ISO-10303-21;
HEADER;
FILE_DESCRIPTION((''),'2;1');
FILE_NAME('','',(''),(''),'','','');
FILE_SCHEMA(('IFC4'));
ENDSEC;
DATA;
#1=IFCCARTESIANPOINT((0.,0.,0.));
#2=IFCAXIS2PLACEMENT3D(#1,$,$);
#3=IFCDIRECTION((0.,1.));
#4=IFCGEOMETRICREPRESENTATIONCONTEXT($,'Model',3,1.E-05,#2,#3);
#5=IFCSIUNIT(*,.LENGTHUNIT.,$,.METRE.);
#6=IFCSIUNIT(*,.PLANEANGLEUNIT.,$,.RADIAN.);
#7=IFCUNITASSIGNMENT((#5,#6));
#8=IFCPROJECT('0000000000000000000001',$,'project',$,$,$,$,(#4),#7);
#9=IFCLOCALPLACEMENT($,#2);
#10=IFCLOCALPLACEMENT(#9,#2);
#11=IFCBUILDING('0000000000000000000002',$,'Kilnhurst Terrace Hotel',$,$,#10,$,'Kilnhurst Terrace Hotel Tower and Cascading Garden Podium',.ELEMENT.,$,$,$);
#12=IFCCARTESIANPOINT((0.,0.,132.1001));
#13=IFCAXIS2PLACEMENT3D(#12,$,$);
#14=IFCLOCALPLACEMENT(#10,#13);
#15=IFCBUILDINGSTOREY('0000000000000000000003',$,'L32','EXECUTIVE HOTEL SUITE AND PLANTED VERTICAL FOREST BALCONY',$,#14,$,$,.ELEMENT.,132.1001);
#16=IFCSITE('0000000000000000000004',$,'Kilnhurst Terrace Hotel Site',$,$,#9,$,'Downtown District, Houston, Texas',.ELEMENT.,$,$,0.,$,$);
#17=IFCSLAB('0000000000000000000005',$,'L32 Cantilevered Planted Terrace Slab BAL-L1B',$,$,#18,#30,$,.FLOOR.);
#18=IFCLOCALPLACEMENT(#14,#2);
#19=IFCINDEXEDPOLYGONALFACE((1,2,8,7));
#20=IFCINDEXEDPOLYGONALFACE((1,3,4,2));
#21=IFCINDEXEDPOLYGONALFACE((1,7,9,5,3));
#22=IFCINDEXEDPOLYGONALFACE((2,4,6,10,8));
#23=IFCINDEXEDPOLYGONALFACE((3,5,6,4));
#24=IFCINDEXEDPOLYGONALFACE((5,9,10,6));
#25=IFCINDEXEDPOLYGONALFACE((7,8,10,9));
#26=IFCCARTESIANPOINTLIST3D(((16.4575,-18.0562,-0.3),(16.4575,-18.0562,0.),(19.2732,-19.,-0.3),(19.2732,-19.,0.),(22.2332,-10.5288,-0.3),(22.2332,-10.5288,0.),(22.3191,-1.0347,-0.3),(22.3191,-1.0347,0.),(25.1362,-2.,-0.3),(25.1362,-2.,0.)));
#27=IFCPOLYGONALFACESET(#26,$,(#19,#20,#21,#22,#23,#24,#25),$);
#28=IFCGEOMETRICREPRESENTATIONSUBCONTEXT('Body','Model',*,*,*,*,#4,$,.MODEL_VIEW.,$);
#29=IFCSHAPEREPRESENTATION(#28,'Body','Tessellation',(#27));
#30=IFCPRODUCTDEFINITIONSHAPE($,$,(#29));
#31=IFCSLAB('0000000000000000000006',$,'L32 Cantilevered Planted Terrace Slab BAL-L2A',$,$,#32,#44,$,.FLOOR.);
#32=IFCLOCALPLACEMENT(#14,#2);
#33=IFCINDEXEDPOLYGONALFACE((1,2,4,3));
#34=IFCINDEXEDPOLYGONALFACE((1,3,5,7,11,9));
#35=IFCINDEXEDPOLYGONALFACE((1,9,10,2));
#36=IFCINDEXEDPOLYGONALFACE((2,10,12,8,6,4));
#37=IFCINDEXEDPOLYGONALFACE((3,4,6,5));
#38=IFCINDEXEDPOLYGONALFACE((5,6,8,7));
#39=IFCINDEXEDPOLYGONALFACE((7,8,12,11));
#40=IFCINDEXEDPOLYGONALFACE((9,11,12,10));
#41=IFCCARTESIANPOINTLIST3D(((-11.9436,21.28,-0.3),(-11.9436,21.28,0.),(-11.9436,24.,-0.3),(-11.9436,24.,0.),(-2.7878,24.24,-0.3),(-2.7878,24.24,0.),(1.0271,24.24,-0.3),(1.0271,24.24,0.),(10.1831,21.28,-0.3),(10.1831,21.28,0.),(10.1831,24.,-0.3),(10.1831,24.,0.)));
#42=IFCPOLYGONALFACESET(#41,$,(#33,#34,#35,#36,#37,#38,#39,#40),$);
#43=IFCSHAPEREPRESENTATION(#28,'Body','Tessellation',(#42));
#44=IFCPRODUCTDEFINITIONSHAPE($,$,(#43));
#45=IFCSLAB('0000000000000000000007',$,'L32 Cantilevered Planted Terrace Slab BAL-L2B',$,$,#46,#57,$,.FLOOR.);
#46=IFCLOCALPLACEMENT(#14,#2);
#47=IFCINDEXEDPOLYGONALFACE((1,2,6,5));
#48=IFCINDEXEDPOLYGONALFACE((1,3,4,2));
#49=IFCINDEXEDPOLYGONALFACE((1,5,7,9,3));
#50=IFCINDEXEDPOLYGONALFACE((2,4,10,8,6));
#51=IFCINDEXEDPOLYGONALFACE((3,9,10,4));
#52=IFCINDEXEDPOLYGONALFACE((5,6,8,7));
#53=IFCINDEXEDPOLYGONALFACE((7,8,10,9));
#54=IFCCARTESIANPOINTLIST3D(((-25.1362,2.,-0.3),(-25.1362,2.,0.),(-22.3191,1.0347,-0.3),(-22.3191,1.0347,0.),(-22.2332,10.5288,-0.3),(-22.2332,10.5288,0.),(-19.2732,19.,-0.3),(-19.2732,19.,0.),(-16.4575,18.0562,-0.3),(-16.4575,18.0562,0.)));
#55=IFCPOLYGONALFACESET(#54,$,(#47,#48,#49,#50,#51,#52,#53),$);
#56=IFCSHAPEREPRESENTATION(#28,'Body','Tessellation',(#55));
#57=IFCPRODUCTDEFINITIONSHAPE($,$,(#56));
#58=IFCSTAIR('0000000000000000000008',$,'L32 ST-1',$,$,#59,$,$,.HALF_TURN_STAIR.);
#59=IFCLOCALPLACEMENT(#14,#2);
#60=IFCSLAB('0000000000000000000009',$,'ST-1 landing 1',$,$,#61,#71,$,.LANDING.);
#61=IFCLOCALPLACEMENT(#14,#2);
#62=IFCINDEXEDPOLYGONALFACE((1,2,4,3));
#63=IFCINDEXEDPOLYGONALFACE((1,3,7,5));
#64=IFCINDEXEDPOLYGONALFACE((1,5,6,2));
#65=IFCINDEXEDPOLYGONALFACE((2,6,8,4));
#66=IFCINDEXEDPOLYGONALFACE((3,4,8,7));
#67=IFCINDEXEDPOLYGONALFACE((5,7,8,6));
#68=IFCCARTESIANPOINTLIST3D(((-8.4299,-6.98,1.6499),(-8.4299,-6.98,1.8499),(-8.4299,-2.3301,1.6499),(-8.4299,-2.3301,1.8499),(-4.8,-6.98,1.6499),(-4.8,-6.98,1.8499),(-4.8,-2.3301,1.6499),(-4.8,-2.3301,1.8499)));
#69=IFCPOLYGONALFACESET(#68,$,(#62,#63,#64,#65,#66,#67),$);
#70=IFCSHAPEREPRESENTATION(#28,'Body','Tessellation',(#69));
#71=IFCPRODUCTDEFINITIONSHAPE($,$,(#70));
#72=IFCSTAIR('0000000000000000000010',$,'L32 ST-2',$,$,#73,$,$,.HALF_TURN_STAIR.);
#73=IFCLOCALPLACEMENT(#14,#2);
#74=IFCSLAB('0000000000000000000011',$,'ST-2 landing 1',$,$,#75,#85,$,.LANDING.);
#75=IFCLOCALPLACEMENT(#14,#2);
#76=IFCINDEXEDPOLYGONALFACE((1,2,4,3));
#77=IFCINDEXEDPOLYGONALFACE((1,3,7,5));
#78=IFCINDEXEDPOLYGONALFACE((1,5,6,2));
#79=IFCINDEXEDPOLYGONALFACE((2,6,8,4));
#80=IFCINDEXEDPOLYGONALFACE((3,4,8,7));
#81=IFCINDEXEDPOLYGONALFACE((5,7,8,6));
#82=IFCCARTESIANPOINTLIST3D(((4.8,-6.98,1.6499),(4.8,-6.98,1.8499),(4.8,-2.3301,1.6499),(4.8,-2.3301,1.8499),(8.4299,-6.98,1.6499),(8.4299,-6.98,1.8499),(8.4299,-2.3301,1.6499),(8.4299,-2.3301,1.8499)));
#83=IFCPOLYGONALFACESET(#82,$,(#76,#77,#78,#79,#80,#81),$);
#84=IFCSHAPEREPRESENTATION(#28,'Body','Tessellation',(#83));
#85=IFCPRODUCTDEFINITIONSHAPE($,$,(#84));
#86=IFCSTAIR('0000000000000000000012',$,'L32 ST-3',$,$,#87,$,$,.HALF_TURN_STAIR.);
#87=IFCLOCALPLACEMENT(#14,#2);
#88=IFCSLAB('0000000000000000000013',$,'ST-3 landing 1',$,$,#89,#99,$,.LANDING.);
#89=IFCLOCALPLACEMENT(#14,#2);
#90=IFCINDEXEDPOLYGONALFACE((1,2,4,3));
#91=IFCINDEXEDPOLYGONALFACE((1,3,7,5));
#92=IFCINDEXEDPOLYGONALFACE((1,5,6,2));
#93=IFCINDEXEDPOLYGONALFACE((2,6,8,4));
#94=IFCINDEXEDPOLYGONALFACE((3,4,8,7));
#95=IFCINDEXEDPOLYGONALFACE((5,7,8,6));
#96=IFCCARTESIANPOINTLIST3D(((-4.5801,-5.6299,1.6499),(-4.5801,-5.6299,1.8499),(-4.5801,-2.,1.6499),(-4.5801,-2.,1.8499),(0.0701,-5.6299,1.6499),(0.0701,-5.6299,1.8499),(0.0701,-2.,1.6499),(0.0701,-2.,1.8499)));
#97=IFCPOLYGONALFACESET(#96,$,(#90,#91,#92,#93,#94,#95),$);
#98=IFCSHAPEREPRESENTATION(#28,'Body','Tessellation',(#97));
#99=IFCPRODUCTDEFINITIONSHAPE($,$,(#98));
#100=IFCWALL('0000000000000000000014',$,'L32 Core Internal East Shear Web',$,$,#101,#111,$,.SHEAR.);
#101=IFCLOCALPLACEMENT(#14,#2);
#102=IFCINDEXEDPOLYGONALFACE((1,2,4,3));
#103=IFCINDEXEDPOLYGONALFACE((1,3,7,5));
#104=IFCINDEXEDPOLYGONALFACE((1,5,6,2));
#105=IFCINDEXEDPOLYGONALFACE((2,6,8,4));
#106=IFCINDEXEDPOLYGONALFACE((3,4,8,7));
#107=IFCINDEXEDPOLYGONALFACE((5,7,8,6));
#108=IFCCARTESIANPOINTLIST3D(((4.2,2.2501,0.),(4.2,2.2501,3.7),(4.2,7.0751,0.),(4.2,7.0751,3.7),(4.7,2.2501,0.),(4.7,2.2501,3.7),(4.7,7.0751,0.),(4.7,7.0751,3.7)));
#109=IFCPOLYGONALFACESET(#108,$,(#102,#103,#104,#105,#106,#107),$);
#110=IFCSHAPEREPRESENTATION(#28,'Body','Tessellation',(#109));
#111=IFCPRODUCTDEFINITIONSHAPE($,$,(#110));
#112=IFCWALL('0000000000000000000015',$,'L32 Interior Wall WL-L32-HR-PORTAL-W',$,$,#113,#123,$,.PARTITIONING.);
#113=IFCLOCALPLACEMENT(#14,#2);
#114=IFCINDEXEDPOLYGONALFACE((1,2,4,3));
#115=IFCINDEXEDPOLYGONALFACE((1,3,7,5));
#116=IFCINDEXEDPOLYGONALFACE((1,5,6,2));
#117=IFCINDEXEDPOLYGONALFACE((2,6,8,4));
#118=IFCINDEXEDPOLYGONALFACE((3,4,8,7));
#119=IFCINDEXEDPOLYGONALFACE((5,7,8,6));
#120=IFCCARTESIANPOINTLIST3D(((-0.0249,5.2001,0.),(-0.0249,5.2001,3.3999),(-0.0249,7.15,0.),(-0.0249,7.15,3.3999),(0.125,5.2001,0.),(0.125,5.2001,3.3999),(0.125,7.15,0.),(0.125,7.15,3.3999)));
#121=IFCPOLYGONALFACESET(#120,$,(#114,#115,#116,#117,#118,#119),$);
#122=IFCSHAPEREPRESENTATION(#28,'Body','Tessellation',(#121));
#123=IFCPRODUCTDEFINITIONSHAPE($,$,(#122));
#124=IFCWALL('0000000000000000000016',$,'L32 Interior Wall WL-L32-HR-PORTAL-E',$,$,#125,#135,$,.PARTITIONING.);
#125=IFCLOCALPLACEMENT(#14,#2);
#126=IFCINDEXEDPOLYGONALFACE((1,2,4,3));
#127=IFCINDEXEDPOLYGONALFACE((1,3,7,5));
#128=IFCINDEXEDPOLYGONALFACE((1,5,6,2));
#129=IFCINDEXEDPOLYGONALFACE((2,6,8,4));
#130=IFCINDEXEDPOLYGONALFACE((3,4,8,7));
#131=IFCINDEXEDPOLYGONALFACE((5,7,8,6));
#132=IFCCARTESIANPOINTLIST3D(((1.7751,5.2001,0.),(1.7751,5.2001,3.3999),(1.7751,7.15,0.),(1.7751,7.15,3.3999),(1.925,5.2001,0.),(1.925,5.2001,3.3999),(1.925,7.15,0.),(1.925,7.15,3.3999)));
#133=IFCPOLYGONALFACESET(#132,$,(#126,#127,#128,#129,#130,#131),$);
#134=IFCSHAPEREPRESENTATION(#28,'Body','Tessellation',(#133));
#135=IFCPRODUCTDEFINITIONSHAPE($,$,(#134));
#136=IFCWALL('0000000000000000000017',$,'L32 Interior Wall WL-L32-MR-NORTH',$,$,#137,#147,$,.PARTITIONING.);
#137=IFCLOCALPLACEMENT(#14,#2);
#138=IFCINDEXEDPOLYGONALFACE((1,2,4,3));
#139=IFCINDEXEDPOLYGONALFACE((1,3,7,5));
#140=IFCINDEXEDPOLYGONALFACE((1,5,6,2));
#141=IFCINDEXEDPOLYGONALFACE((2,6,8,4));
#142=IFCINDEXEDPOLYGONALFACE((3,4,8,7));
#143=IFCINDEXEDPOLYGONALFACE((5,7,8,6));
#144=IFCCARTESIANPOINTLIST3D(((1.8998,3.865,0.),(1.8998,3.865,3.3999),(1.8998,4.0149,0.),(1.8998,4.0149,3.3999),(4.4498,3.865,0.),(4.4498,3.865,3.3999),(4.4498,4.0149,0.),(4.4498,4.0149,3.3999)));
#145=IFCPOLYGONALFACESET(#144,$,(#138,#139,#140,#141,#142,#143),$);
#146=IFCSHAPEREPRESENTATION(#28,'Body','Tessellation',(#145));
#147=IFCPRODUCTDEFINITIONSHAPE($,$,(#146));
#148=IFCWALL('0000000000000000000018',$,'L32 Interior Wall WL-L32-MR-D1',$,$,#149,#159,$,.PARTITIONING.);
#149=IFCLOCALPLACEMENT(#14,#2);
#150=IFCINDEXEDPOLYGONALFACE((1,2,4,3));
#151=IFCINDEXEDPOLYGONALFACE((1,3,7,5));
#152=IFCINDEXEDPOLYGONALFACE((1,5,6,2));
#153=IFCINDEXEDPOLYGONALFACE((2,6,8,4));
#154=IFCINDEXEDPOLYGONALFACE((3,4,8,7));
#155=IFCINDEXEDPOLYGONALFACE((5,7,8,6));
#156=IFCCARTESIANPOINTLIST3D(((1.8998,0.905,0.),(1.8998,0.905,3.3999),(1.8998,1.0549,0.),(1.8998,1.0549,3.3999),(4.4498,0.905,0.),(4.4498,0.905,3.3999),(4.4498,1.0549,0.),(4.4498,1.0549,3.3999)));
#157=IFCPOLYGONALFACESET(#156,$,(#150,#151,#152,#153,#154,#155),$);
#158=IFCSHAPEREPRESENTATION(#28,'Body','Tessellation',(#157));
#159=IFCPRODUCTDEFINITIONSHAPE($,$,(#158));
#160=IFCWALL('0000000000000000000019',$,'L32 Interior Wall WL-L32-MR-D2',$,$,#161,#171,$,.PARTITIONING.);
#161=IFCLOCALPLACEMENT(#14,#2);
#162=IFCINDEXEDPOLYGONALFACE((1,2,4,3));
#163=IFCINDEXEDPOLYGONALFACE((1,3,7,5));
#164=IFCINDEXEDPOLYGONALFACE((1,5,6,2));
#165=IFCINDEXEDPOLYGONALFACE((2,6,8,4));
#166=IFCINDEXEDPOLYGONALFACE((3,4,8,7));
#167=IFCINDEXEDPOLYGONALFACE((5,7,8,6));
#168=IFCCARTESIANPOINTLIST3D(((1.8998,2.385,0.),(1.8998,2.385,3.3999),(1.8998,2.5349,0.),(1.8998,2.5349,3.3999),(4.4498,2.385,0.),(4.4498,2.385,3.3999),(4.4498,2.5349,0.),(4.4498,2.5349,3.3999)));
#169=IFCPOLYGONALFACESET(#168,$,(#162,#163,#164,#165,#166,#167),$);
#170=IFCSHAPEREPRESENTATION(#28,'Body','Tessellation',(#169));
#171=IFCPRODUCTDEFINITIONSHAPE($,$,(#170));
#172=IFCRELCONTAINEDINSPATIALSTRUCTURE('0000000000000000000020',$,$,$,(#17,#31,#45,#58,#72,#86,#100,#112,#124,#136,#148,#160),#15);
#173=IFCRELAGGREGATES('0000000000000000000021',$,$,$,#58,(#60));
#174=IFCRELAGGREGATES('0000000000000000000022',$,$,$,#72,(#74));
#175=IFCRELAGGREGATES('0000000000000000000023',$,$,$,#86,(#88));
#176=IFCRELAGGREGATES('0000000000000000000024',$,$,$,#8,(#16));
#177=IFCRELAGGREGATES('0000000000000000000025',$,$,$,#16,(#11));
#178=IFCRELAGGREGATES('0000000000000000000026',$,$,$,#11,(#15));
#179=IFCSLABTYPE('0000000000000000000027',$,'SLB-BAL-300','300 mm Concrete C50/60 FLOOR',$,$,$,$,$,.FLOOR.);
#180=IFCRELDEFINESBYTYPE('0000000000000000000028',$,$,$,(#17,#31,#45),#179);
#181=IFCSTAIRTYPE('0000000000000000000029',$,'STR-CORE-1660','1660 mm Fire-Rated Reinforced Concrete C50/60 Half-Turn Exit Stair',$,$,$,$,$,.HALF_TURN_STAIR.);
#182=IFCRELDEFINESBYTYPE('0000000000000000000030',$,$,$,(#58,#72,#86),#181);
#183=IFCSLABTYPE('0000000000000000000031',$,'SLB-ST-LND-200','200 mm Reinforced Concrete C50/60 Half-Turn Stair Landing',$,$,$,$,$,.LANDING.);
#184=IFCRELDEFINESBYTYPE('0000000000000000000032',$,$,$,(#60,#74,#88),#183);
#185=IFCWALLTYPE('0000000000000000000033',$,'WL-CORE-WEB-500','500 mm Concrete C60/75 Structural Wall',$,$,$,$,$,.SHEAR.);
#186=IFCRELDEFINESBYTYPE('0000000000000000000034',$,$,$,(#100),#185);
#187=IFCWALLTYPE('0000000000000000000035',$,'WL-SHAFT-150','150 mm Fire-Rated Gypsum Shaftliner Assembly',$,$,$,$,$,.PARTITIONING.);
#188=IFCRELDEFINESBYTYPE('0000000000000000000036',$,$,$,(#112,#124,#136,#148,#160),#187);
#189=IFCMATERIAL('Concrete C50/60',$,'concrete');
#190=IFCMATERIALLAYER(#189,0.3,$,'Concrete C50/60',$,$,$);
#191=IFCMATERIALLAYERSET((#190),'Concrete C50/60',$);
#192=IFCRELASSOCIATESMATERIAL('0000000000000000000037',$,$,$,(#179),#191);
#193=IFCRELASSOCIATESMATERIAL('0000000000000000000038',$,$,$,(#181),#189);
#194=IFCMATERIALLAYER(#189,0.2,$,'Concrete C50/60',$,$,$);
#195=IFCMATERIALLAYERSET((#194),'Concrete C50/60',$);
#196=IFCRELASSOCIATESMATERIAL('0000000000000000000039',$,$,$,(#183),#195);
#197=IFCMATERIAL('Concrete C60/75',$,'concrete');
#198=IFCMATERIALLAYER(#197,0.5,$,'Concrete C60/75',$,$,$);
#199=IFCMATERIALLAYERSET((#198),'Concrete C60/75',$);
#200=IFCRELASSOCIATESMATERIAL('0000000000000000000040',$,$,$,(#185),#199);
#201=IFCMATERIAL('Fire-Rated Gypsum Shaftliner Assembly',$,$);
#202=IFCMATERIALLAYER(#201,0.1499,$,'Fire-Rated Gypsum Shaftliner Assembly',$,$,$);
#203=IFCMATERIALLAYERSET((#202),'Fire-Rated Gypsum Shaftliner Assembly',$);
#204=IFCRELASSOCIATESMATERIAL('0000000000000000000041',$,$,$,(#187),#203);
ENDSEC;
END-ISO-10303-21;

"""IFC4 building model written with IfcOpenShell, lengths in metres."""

from ifc_helpers import new_model, si_unit, direction, frame, frame_2d, origin, place, context, subcontext, project, spatial, polyline, rectangle, outline, extrude, material, layer, layer_set, type_object, element, aggregate, save


model = new_model("IFC4")

# Units and contexts
model_context = context("Model", 3, precision=1e-05, world=origin(), true_north=direction((0.0, 1.0)))
body_context = subcontext(model_context, "Body", "Model", "MODEL_VIEW")
ifc_project = project(units=[si_unit("LENGTHUNIT", "METRE"), si_unit("PLANEANGLEUNIT", "RADIAN")], contexts=[model_context])

# Site, building, storey
site_placement = place(None, origin())
site = spatial("IfcSite", under=ifc_project, at=site_placement, Name="Kilnhurst Terrace Hotel Site", LongName="Downtown District, Houston, Texas", CompositionType="ELEMENT", RefElevation=0.0)
building_placement = place(site_placement, origin())
building = spatial("IfcBuilding", under=site, at=building_placement, Name="Kilnhurst Terrace Hotel", LongName="Kilnhurst Terrace Hotel Tower and Cascading Garden Podium", CompositionType="ELEMENT")
storey_placement = place(building_placement, frame((0.0, 0.0, 132.1001)))
storey = spatial("IfcBuildingStorey", under=building, at=storey_placement, Name="L32", Description="EXECUTIVE HOTEL SUITE AND PLANTED VERTICAL FOREST BALCONY", CompositionType="ELEMENT", Elevation=132.1001)

# Slabs
ifc_material_1 = material(Name="Concrete C50/60", Category="concrete")
ifc_layer_1 = layer(ifc_material_1, 0.3, Name="Concrete C50/60")
ifc_layer_set_1 = layer_set([ifc_layer_1], Name="Concrete C50/60")
slab_type_1 = type_object("IfcSlabType", Name="SLB-BAL-300", Description="300 mm Concrete C50/60 FLOOR", PredefinedType="FLOOR", material=ifc_layer_set_1)
slab_1_placement = place(storey_placement, frame((0.0, 0.0, -0.3)))
element("IfcSlab", 1, at=slab_1_placement, inside=storey, type_object=slab_type_1, Name="L32 Cantilevered Planted Terrace Slab BAL-L1B", PredefinedType="FLOOR", context=body_context, shape_type="SweptSolid", body=[
    extrude(outline(polyline([(19.2732, -19.0), (16.4575, -18.0562), (22.3191, -1.0347), (25.1362, -2.0), (22.2332, -10.5288), (19.2732, -19.0)])), origin(), (0.0, 0.0, 1.0), 0.3),
])
slab_2_placement = place(storey_placement, frame((0.0, 0.0, -0.3)))
element("IfcSlab", 2, at=slab_2_placement, inside=storey, type_object=slab_type_1, Name="L32 Cantilevered Planted Terrace Slab BAL-L2A", PredefinedType="FLOOR", context=body_context, shape_type="SweptSolid", body=[
    extrude(outline(polyline([(1.0271, 24.24), (10.1831, 24.0), (10.1831, 21.28), (-11.9436, 21.28), (-11.9436, 24.0), (-2.7878, 24.24), (1.0271, 24.24)])), origin(), (0.0, 0.0, 1.0), 0.3),
])
slab_3_placement = place(storey_placement, frame((0.0, 0.0, -0.3)))
element("IfcSlab", 3, at=slab_3_placement, inside=storey, type_object=slab_type_1, Name="L32 Cantilevered Planted Terrace Slab BAL-L2B", PredefinedType="FLOOR", context=body_context, shape_type="SweptSolid", body=[
    extrude(outline(polyline([(-19.2732, 19.0), (-16.4575, 18.0562), (-22.3191, 1.0347), (-25.1362, 2.0), (-22.2332, 10.5288), (-19.2732, 19.0)])), origin(), (0.0, 0.0, 1.0), 0.3),
])

# Stairs, slabs
stair_type = type_object("IfcStairType", Name="STR-CORE-1660", Description="1660 mm Fire-Rated Reinforced Concrete C50/60 Half-Turn Exit Stair", PredefinedType="HALF_TURN_STAIR", material=ifc_material_1)
stair_1_placement = place(storey_placement, origin())
stair_1 = element("IfcStair", 4, at=stair_1_placement, inside=storey, type_object=stair_type, Name="L32 ST-1", PredefinedType="HALF_TURN_STAIR")
ifc_layer_2 = layer(ifc_material_1, 0.2, Name="Concrete C50/60")
ifc_layer_set_2 = layer_set([ifc_layer_2], Name="Concrete C50/60")
slab_type_2 = type_object("IfcSlabType", Name="SLB-ST-LND-200", Description="200 mm Reinforced Concrete C50/60 Half-Turn Stair Landing", PredefinedType="LANDING", material=ifc_layer_set_2)
slab_4_placement = place(storey_placement, frame((0.0, 0.0, 1.6499)))
slab_4 = element("IfcSlab", 5, at=slab_4_placement, type_object=slab_type_2, Name="ST-1 landing 1", PredefinedType="LANDING", context=body_context, shape_type="SweptSolid", body=[
    extrude(outline(polyline([(-8.4299, -2.3301), (-4.8, -2.3301), (-4.8, -6.98), (-8.4299, -6.98), (-8.4299, -2.3301)])), origin(), (0.0, 0.0, 1.0), 0.2),
])
aggregate(stair_1, [slab_4])
stair_2_placement = place(storey_placement, origin())
stair_2 = element("IfcStair", 6, at=stair_2_placement, inside=storey, type_object=stair_type, Name="L32 ST-2", PredefinedType="HALF_TURN_STAIR")
slab_5_placement = place(storey_placement, frame((0.0, 0.0, 1.6499)))
slab_5 = element("IfcSlab", 7, at=slab_5_placement, type_object=slab_type_2, Name="ST-2 landing 1", PredefinedType="LANDING", context=body_context, shape_type="SweptSolid", body=[
    extrude(outline(polyline([(4.8, -2.3301), (8.4299, -2.3301), (8.4299, -6.98), (4.8, -6.98), (4.8, -2.3301)])), origin(), (0.0, 0.0, 1.0), 0.2),
])
aggregate(stair_2, [slab_5])
stair_3_placement = place(storey_placement, origin())
stair_3 = element("IfcStair", 8, at=stair_3_placement, inside=storey, type_object=stair_type, Name="L32 ST-3", PredefinedType="HALF_TURN_STAIR")
slab_6_placement = place(storey_placement, frame((0.0, 0.0, 1.6499)))
slab_6 = element("IfcSlab", 9, at=slab_6_placement, type_object=slab_type_2, Name="ST-3 landing 1", PredefinedType="LANDING", context=body_context, shape_type="SweptSolid", body=[
    extrude(outline(polyline([(0.0701, -2.0), (0.0701, -5.6299), (-4.5801, -5.6299), (-4.5801, -2.0), (0.0701, -2.0)])), origin(), (0.0, 0.0, 1.0), 0.2),
])
aggregate(stair_3, [slab_6])

# Walls
ifc_material_2 = material(Name="Concrete C60/75", Category="concrete")
ifc_layer_3 = layer(ifc_material_2, 0.5, Name="Concrete C60/75")
ifc_layer_set_3 = layer_set([ifc_layer_3], Name="Concrete C60/75")
wall_type_1 = type_object("IfcWallType", Name="WL-CORE-WEB-500", Description="500 mm Concrete C60/75 Structural Wall", PredefinedType="SHEAR", material=ifc_layer_set_3)
wall_1_placement = place(storey_placement, frame((4.45, 2.25, 0.0), z_axis=(0.0, 0.0, 1.0), x_axis=(0.0, 1.0, 0.0)))
element("IfcWall", 10, at=wall_1_placement, inside=storey, type_object=wall_type_1, Name="L32 Core Internal East Shear Web", PredefinedType="SHEAR", context=body_context, shape_type="SweptSolid", body=[
    extrude(rectangle(XDim=4.825, YDim=0.5, at=frame_2d((2.4126, 0.0))), origin(), (0.0, 0.0, 1.0), 3.7),
])
ifc_material_3 = material(Name="Fire-Rated Gypsum Shaftliner Assembly")
ifc_layer_4 = layer(ifc_material_3, 0.1499, Name="Fire-Rated Gypsum Shaftliner Assembly")
ifc_layer_set_4 = layer_set([ifc_layer_4], Name="Fire-Rated Gypsum Shaftliner Assembly")
wall_type_2 = type_object("IfcWallType", Name="WL-SHAFT-150", Description="150 mm Fire-Rated Gypsum Shaftliner Assembly", PredefinedType="PARTITIONING", material=ifc_layer_set_4)
for number, where, z_axis, x_axis, name in (
    (11, (0.05, 5.2, 0.0), (0.0, 0.0, 1.0), (0.0, 1.0, 0.0), "L32 Interior Wall WL-L32-HR-PORTAL-W"),
    (12, (1.8501, 5.2, 0.0), (0.0, 0.0, 1.0), (0.0, 1.0, 0.0), "L32 Interior Wall WL-L32-HR-PORTAL-E"),
):
    element("IfcWall", number, at=place(storey_placement, frame(where, z_axis=z_axis, x_axis=x_axis)), inside=storey, type_object=wall_type_2, Name=name, PredefinedType="PARTITIONING", context=body_context, shape_type="SweptSolid", body=[
        extrude(rectangle(XDim=1.95, YDim=0.1499, at=frame_2d((0.9751, 0.0))), origin(), (0.0, 0.0, 1.0), 3.3999),
    ])
for number, where, z_axis, x_axis, name in (
    (13, (1.8999, 3.9399, 0.0), (0.0, 0.0, 1.0), (1.0, 0.0, 0.0), "L32 Interior Wall WL-L32-MR-NORTH"),
    (14, (1.8999, 0.98, 0.0), (0.0, 0.0, 1.0), (1.0, 0.0, 0.0), "L32 Interior Wall WL-L32-MR-D1"),
    (15, (1.8999, 2.46, 0.0), (0.0, 0.0, 1.0), (1.0, 0.0, 0.0), "L32 Interior Wall WL-L32-MR-D2"),
):
    element("IfcWall", number, at=place(storey_placement, frame(where, z_axis=z_axis, x_axis=x_axis)), inside=storey, type_object=wall_type_2, Name=name, PredefinedType="PARTITIONING", context=body_context, shape_type="SweptSolid", body=[
        extrude(rectangle(XDim=2.55, YDim=0.1499, at=frame_2d((1.2749, 0.0))), origin(), (0.0, 0.0, 1.0), 3.3999),
    ])

save(model, "model.ifc")
